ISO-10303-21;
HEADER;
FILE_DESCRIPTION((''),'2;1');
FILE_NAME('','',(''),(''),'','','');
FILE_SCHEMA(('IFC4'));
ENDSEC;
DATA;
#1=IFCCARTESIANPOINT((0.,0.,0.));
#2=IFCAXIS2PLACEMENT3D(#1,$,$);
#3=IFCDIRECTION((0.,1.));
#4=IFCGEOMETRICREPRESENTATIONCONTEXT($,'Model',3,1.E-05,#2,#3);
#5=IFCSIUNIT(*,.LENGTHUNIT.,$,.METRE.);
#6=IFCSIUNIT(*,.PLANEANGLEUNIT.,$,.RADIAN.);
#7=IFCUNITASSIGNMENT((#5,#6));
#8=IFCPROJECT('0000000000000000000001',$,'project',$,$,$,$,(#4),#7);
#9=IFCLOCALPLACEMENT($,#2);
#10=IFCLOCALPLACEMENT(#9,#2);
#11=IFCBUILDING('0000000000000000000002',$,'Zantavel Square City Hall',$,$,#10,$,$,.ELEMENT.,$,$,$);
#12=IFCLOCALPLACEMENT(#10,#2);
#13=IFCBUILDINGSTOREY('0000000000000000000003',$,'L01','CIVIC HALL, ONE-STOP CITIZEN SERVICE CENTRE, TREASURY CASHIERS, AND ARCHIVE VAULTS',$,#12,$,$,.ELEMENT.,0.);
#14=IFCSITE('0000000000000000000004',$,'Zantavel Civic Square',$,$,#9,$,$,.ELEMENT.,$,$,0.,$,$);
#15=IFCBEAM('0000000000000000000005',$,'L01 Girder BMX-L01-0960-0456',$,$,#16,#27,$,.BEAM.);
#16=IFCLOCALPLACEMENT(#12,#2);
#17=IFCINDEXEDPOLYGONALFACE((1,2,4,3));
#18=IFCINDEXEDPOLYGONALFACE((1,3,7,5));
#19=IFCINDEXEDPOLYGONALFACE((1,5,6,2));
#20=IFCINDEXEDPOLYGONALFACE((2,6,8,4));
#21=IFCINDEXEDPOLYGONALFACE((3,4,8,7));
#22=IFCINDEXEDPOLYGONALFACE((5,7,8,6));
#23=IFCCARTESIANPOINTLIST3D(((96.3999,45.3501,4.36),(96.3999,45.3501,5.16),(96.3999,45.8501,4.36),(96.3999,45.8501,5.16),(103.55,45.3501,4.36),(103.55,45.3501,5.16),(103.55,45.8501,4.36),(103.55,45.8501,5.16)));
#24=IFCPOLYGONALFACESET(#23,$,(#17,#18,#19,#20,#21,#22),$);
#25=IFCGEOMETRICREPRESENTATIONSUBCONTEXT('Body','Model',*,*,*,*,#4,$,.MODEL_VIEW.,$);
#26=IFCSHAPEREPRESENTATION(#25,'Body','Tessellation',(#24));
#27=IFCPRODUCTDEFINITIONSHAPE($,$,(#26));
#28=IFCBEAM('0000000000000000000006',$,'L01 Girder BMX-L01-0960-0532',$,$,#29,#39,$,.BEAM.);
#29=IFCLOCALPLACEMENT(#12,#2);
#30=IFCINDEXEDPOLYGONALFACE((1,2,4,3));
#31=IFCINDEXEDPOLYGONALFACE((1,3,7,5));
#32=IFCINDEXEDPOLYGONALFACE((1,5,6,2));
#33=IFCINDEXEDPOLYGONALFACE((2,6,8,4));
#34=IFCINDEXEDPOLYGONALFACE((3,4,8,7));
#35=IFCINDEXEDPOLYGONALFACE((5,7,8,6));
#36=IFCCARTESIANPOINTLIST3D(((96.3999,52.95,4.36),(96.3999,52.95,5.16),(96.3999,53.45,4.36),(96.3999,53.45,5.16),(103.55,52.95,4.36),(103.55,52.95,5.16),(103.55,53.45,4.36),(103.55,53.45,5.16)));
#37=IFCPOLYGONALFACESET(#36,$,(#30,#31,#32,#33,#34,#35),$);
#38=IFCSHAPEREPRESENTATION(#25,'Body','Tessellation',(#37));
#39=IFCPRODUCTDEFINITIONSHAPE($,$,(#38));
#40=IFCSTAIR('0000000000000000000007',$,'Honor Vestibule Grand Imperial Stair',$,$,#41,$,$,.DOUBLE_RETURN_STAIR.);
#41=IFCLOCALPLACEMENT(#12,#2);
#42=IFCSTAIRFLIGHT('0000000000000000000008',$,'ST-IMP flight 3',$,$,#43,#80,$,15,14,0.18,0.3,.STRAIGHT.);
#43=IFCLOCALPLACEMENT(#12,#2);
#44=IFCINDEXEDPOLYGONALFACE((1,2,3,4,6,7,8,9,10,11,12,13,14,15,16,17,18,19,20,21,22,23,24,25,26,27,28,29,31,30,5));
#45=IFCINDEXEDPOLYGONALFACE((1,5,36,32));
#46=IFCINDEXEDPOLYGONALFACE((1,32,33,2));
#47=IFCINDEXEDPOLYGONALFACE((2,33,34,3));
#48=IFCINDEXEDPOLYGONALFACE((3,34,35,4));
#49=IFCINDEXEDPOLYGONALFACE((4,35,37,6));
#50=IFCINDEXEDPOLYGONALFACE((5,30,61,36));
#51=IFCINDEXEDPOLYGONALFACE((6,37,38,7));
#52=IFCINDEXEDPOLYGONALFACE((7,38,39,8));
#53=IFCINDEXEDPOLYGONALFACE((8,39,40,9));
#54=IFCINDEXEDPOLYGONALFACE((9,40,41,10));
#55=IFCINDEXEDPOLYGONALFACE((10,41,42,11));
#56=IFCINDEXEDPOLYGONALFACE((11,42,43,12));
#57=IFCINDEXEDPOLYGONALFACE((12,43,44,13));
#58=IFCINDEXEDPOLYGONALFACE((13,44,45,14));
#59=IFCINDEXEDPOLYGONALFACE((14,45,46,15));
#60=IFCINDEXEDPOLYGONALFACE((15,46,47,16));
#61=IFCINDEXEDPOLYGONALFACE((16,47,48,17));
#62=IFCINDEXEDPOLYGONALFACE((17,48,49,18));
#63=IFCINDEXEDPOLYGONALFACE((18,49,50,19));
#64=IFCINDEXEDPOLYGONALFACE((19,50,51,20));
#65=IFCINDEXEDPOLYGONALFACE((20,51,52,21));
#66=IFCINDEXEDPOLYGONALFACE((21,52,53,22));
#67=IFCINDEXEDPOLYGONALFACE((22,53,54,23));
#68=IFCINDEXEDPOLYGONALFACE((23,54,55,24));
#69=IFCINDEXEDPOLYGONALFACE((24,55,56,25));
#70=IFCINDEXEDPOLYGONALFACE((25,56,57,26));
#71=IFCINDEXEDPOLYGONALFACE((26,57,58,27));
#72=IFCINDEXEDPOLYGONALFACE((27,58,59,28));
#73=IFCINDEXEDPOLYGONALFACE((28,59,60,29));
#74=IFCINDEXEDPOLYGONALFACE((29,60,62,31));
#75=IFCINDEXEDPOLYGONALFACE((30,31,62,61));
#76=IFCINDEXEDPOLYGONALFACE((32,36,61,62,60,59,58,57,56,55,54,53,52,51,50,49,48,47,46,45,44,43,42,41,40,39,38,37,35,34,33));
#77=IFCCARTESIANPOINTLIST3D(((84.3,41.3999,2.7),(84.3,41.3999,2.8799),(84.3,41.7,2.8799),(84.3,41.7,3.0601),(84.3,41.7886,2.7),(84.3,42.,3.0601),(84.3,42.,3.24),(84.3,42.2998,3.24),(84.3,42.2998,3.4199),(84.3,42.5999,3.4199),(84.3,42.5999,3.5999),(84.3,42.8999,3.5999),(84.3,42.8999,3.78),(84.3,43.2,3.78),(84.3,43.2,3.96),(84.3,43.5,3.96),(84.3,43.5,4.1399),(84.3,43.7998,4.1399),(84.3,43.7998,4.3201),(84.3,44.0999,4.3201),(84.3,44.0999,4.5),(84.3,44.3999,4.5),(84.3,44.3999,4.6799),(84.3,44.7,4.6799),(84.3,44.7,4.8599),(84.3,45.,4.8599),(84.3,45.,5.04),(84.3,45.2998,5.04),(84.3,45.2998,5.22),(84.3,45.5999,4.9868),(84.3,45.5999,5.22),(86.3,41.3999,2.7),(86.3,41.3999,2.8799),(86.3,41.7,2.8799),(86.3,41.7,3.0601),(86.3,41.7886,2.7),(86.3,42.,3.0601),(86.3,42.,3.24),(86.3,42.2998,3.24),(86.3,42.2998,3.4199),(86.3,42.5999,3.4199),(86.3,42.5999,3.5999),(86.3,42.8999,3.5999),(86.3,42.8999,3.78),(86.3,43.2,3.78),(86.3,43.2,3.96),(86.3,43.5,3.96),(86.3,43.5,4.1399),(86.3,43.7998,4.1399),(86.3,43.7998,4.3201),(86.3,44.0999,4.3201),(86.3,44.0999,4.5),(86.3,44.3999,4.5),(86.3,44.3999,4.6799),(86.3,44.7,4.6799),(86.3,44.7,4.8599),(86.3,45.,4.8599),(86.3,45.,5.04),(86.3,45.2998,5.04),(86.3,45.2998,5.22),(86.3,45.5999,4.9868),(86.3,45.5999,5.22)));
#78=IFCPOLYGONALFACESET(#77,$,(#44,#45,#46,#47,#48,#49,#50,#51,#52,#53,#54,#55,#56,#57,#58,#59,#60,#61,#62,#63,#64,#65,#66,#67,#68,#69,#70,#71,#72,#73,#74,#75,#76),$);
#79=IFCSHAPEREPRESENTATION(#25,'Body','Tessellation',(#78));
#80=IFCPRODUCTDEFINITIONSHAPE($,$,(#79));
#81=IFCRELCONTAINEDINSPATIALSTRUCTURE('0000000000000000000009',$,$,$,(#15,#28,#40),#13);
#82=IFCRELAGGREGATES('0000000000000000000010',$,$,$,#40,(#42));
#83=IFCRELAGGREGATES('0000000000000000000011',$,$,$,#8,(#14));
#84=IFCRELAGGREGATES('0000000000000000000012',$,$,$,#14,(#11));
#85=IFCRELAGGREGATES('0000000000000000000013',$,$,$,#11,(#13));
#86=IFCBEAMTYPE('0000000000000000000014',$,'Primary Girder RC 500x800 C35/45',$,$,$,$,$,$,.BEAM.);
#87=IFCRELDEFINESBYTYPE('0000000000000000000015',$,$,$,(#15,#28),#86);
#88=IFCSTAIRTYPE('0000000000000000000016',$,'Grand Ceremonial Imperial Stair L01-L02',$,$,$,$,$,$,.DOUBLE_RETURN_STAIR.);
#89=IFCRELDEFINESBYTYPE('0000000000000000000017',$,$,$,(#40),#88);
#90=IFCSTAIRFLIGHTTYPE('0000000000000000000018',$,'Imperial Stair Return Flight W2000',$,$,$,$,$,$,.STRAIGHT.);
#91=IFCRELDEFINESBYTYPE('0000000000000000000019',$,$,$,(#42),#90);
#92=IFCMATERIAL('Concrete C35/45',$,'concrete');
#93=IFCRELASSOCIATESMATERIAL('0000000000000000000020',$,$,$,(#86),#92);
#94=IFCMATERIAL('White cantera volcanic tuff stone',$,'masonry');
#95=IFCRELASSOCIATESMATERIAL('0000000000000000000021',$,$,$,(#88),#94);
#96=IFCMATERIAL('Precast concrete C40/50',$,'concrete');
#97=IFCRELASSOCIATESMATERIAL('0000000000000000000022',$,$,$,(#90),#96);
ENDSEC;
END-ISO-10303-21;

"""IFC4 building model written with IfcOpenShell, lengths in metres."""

from ifc_helpers import new_model, si_unit, direction, frame, origin, origin_2d, place, context, subcontext, project, spatial, polyline, rectangle, outline, extrude, material, material_profile, profile_set, type_object, element, aggregate, save


model = new_model("IFC4")

# Units and contexts
model_context = context("Model", 3, precision=1e-05, world=origin(), true_north=direction((0.0, 1.0)))
body_context = subcontext(model_context, "Body", "Model", "MODEL_VIEW")
ifc_project = project(units=[si_unit("LENGTHUNIT", "METRE"), si_unit("PLANEANGLEUNIT", "RADIAN")], contexts=[model_context])

# Site, building, storey
site_placement = place(None, origin())
site = spatial("IfcSite", under=ifc_project, at=site_placement, Name="Zantavel Civic Square", CompositionType="ELEMENT", RefElevation=0.0)
building_placement = place(site_placement, origin())
building = spatial("IfcBuilding", under=site, at=building_placement, Name="Zantavel Square City Hall", CompositionType="ELEMENT")
storey_placement = place(building_placement, origin())
storey = spatial("IfcBuildingStorey", under=building, at=storey_placement, Name="L01", Description="CIVIC HALL, ONE-STOP CITIZEN SERVICE CENTRE, TREASURY CASHIERS, AND ARCHIVE VAULTS", CompositionType="ELEMENT", Elevation=0.0)

# Beams
ifc_material_1 = material(Name="Concrete C35/45", Category="concrete")
ifc_material_profile_1 = material_profile(ifc_material_1, rectangle(XDim=0.5, YDim=0.8, at=origin_2d()), Name="RC 500x800")
ifc_profile_set_1 = profile_set([ifc_material_profile_1], Name="Concrete C35/45")
beam_type_1 = type_object("IfcBeamType", Name="Primary Girder RC 500x800 C35/45", PredefinedType="BEAM", material=ifc_profile_set_1)
for number, where, z_axis, x_axis, name in (
    (1, (96.3999, 45.6001, 4.76), (1.0, 0.0, 0.0), (0.0, 1.0, 0.0), "L01 Girder BMX-L01-0960-0456"),
    (2, (96.3999, 53.2, 4.76), (1.0, 0.0, 0.0), (0.0, 1.0, 0.0), "L01 Girder BMX-L01-0960-0532"),
):
    element("IfcBeam", number, at=place(storey_placement, frame(where, z_axis=z_axis, x_axis=x_axis)), inside=storey, type_object=beam_type_1, Name=name, PredefinedType="BEAM", context=body_context, shape_type="SweptSolid", body=[
        extrude(rectangle(XDim=0.5, YDim=0.8, at=origin_2d()), origin(), (0.0, 0.0, 1.0), 7.1501),
    ])

# Stair, stair flight
ifc_material_2 = material(Name="White cantera volcanic tuff stone", Category="masonry")
stair_type = type_object("IfcStairType", Name="Grand Ceremonial Imperial Stair L01-L02", PredefinedType="DOUBLE_RETURN_STAIR", material=ifc_material_2)
stair_placement = place(storey_placement, origin())
stair = element("IfcStair", 3, at=stair_placement, inside=storey, type_object=stair_type, Name="Honor Vestibule Grand Imperial Stair", PredefinedType="DOUBLE_RETURN_STAIR")
ifc_material_3 = material(Name="Precast concrete C40/50", Category="concrete")
stair_flight_type = type_object("IfcStairFlightType", Name="Imperial Stair Return Flight W2000", PredefinedType="STRAIGHT", material=ifc_material_3)
stair_flight_placement = place(storey_placement, frame((85.3, 41.3999, 2.7), z_axis=(0.0, 0.0, 1.0), x_axis=(0.0, 1.0, 0.0)))
stair_flight = element("IfcStairFlight", 4, at=stair_flight_placement, type_object=stair_flight_type, Name="ST-IMP flight 3", NumberOfRisers=15, NumberOfTreads=14, PredefinedType="STRAIGHT", RiserHeight=0.18, TreadLength=0.3, context=body_context, shape_type="SweptSolid", body=[
    extrude(outline(polyline([(0.0, 0.0), (0.0, 0.1799), (0.3, 0.1799), (0.3, 0.3601), (0.6001, 0.3601), (0.6001, 0.54), (0.8999, 0.54), (0.8999, 0.72), (1.2, 0.72), (1.2, 0.8999), (1.5, 0.8999), (1.5, 1.0801), (1.8, 1.0801), (1.8, 1.26), (2.1001, 1.26), (2.1001, 1.4399), (2.3999, 1.4399), (2.3999, 1.6201), (2.7, 1.6201), (2.7, 1.8), (3.0, 1.8), (3.0, 1.98), (3.3, 1.98), (3.3, 2.1599), (3.6001, 2.1599), (3.6001, 2.3401), (3.8999, 2.3401), (3.8999, 2.52), (4.2, 2.52), (4.2, 2.7), (4.2, 2.2869), (0.3887, 0.0), (0.0, 0.0)])), frame((0.0, 1.0, 0.0), z_axis=(0.0, -1.0, 0.0), x_axis=(1.0, 0.0, 0.0)), (0.0, 0.0, 1.0), 2.0),
])
aggregate(stair, [stair_flight])

save(model, "model.ifc")
